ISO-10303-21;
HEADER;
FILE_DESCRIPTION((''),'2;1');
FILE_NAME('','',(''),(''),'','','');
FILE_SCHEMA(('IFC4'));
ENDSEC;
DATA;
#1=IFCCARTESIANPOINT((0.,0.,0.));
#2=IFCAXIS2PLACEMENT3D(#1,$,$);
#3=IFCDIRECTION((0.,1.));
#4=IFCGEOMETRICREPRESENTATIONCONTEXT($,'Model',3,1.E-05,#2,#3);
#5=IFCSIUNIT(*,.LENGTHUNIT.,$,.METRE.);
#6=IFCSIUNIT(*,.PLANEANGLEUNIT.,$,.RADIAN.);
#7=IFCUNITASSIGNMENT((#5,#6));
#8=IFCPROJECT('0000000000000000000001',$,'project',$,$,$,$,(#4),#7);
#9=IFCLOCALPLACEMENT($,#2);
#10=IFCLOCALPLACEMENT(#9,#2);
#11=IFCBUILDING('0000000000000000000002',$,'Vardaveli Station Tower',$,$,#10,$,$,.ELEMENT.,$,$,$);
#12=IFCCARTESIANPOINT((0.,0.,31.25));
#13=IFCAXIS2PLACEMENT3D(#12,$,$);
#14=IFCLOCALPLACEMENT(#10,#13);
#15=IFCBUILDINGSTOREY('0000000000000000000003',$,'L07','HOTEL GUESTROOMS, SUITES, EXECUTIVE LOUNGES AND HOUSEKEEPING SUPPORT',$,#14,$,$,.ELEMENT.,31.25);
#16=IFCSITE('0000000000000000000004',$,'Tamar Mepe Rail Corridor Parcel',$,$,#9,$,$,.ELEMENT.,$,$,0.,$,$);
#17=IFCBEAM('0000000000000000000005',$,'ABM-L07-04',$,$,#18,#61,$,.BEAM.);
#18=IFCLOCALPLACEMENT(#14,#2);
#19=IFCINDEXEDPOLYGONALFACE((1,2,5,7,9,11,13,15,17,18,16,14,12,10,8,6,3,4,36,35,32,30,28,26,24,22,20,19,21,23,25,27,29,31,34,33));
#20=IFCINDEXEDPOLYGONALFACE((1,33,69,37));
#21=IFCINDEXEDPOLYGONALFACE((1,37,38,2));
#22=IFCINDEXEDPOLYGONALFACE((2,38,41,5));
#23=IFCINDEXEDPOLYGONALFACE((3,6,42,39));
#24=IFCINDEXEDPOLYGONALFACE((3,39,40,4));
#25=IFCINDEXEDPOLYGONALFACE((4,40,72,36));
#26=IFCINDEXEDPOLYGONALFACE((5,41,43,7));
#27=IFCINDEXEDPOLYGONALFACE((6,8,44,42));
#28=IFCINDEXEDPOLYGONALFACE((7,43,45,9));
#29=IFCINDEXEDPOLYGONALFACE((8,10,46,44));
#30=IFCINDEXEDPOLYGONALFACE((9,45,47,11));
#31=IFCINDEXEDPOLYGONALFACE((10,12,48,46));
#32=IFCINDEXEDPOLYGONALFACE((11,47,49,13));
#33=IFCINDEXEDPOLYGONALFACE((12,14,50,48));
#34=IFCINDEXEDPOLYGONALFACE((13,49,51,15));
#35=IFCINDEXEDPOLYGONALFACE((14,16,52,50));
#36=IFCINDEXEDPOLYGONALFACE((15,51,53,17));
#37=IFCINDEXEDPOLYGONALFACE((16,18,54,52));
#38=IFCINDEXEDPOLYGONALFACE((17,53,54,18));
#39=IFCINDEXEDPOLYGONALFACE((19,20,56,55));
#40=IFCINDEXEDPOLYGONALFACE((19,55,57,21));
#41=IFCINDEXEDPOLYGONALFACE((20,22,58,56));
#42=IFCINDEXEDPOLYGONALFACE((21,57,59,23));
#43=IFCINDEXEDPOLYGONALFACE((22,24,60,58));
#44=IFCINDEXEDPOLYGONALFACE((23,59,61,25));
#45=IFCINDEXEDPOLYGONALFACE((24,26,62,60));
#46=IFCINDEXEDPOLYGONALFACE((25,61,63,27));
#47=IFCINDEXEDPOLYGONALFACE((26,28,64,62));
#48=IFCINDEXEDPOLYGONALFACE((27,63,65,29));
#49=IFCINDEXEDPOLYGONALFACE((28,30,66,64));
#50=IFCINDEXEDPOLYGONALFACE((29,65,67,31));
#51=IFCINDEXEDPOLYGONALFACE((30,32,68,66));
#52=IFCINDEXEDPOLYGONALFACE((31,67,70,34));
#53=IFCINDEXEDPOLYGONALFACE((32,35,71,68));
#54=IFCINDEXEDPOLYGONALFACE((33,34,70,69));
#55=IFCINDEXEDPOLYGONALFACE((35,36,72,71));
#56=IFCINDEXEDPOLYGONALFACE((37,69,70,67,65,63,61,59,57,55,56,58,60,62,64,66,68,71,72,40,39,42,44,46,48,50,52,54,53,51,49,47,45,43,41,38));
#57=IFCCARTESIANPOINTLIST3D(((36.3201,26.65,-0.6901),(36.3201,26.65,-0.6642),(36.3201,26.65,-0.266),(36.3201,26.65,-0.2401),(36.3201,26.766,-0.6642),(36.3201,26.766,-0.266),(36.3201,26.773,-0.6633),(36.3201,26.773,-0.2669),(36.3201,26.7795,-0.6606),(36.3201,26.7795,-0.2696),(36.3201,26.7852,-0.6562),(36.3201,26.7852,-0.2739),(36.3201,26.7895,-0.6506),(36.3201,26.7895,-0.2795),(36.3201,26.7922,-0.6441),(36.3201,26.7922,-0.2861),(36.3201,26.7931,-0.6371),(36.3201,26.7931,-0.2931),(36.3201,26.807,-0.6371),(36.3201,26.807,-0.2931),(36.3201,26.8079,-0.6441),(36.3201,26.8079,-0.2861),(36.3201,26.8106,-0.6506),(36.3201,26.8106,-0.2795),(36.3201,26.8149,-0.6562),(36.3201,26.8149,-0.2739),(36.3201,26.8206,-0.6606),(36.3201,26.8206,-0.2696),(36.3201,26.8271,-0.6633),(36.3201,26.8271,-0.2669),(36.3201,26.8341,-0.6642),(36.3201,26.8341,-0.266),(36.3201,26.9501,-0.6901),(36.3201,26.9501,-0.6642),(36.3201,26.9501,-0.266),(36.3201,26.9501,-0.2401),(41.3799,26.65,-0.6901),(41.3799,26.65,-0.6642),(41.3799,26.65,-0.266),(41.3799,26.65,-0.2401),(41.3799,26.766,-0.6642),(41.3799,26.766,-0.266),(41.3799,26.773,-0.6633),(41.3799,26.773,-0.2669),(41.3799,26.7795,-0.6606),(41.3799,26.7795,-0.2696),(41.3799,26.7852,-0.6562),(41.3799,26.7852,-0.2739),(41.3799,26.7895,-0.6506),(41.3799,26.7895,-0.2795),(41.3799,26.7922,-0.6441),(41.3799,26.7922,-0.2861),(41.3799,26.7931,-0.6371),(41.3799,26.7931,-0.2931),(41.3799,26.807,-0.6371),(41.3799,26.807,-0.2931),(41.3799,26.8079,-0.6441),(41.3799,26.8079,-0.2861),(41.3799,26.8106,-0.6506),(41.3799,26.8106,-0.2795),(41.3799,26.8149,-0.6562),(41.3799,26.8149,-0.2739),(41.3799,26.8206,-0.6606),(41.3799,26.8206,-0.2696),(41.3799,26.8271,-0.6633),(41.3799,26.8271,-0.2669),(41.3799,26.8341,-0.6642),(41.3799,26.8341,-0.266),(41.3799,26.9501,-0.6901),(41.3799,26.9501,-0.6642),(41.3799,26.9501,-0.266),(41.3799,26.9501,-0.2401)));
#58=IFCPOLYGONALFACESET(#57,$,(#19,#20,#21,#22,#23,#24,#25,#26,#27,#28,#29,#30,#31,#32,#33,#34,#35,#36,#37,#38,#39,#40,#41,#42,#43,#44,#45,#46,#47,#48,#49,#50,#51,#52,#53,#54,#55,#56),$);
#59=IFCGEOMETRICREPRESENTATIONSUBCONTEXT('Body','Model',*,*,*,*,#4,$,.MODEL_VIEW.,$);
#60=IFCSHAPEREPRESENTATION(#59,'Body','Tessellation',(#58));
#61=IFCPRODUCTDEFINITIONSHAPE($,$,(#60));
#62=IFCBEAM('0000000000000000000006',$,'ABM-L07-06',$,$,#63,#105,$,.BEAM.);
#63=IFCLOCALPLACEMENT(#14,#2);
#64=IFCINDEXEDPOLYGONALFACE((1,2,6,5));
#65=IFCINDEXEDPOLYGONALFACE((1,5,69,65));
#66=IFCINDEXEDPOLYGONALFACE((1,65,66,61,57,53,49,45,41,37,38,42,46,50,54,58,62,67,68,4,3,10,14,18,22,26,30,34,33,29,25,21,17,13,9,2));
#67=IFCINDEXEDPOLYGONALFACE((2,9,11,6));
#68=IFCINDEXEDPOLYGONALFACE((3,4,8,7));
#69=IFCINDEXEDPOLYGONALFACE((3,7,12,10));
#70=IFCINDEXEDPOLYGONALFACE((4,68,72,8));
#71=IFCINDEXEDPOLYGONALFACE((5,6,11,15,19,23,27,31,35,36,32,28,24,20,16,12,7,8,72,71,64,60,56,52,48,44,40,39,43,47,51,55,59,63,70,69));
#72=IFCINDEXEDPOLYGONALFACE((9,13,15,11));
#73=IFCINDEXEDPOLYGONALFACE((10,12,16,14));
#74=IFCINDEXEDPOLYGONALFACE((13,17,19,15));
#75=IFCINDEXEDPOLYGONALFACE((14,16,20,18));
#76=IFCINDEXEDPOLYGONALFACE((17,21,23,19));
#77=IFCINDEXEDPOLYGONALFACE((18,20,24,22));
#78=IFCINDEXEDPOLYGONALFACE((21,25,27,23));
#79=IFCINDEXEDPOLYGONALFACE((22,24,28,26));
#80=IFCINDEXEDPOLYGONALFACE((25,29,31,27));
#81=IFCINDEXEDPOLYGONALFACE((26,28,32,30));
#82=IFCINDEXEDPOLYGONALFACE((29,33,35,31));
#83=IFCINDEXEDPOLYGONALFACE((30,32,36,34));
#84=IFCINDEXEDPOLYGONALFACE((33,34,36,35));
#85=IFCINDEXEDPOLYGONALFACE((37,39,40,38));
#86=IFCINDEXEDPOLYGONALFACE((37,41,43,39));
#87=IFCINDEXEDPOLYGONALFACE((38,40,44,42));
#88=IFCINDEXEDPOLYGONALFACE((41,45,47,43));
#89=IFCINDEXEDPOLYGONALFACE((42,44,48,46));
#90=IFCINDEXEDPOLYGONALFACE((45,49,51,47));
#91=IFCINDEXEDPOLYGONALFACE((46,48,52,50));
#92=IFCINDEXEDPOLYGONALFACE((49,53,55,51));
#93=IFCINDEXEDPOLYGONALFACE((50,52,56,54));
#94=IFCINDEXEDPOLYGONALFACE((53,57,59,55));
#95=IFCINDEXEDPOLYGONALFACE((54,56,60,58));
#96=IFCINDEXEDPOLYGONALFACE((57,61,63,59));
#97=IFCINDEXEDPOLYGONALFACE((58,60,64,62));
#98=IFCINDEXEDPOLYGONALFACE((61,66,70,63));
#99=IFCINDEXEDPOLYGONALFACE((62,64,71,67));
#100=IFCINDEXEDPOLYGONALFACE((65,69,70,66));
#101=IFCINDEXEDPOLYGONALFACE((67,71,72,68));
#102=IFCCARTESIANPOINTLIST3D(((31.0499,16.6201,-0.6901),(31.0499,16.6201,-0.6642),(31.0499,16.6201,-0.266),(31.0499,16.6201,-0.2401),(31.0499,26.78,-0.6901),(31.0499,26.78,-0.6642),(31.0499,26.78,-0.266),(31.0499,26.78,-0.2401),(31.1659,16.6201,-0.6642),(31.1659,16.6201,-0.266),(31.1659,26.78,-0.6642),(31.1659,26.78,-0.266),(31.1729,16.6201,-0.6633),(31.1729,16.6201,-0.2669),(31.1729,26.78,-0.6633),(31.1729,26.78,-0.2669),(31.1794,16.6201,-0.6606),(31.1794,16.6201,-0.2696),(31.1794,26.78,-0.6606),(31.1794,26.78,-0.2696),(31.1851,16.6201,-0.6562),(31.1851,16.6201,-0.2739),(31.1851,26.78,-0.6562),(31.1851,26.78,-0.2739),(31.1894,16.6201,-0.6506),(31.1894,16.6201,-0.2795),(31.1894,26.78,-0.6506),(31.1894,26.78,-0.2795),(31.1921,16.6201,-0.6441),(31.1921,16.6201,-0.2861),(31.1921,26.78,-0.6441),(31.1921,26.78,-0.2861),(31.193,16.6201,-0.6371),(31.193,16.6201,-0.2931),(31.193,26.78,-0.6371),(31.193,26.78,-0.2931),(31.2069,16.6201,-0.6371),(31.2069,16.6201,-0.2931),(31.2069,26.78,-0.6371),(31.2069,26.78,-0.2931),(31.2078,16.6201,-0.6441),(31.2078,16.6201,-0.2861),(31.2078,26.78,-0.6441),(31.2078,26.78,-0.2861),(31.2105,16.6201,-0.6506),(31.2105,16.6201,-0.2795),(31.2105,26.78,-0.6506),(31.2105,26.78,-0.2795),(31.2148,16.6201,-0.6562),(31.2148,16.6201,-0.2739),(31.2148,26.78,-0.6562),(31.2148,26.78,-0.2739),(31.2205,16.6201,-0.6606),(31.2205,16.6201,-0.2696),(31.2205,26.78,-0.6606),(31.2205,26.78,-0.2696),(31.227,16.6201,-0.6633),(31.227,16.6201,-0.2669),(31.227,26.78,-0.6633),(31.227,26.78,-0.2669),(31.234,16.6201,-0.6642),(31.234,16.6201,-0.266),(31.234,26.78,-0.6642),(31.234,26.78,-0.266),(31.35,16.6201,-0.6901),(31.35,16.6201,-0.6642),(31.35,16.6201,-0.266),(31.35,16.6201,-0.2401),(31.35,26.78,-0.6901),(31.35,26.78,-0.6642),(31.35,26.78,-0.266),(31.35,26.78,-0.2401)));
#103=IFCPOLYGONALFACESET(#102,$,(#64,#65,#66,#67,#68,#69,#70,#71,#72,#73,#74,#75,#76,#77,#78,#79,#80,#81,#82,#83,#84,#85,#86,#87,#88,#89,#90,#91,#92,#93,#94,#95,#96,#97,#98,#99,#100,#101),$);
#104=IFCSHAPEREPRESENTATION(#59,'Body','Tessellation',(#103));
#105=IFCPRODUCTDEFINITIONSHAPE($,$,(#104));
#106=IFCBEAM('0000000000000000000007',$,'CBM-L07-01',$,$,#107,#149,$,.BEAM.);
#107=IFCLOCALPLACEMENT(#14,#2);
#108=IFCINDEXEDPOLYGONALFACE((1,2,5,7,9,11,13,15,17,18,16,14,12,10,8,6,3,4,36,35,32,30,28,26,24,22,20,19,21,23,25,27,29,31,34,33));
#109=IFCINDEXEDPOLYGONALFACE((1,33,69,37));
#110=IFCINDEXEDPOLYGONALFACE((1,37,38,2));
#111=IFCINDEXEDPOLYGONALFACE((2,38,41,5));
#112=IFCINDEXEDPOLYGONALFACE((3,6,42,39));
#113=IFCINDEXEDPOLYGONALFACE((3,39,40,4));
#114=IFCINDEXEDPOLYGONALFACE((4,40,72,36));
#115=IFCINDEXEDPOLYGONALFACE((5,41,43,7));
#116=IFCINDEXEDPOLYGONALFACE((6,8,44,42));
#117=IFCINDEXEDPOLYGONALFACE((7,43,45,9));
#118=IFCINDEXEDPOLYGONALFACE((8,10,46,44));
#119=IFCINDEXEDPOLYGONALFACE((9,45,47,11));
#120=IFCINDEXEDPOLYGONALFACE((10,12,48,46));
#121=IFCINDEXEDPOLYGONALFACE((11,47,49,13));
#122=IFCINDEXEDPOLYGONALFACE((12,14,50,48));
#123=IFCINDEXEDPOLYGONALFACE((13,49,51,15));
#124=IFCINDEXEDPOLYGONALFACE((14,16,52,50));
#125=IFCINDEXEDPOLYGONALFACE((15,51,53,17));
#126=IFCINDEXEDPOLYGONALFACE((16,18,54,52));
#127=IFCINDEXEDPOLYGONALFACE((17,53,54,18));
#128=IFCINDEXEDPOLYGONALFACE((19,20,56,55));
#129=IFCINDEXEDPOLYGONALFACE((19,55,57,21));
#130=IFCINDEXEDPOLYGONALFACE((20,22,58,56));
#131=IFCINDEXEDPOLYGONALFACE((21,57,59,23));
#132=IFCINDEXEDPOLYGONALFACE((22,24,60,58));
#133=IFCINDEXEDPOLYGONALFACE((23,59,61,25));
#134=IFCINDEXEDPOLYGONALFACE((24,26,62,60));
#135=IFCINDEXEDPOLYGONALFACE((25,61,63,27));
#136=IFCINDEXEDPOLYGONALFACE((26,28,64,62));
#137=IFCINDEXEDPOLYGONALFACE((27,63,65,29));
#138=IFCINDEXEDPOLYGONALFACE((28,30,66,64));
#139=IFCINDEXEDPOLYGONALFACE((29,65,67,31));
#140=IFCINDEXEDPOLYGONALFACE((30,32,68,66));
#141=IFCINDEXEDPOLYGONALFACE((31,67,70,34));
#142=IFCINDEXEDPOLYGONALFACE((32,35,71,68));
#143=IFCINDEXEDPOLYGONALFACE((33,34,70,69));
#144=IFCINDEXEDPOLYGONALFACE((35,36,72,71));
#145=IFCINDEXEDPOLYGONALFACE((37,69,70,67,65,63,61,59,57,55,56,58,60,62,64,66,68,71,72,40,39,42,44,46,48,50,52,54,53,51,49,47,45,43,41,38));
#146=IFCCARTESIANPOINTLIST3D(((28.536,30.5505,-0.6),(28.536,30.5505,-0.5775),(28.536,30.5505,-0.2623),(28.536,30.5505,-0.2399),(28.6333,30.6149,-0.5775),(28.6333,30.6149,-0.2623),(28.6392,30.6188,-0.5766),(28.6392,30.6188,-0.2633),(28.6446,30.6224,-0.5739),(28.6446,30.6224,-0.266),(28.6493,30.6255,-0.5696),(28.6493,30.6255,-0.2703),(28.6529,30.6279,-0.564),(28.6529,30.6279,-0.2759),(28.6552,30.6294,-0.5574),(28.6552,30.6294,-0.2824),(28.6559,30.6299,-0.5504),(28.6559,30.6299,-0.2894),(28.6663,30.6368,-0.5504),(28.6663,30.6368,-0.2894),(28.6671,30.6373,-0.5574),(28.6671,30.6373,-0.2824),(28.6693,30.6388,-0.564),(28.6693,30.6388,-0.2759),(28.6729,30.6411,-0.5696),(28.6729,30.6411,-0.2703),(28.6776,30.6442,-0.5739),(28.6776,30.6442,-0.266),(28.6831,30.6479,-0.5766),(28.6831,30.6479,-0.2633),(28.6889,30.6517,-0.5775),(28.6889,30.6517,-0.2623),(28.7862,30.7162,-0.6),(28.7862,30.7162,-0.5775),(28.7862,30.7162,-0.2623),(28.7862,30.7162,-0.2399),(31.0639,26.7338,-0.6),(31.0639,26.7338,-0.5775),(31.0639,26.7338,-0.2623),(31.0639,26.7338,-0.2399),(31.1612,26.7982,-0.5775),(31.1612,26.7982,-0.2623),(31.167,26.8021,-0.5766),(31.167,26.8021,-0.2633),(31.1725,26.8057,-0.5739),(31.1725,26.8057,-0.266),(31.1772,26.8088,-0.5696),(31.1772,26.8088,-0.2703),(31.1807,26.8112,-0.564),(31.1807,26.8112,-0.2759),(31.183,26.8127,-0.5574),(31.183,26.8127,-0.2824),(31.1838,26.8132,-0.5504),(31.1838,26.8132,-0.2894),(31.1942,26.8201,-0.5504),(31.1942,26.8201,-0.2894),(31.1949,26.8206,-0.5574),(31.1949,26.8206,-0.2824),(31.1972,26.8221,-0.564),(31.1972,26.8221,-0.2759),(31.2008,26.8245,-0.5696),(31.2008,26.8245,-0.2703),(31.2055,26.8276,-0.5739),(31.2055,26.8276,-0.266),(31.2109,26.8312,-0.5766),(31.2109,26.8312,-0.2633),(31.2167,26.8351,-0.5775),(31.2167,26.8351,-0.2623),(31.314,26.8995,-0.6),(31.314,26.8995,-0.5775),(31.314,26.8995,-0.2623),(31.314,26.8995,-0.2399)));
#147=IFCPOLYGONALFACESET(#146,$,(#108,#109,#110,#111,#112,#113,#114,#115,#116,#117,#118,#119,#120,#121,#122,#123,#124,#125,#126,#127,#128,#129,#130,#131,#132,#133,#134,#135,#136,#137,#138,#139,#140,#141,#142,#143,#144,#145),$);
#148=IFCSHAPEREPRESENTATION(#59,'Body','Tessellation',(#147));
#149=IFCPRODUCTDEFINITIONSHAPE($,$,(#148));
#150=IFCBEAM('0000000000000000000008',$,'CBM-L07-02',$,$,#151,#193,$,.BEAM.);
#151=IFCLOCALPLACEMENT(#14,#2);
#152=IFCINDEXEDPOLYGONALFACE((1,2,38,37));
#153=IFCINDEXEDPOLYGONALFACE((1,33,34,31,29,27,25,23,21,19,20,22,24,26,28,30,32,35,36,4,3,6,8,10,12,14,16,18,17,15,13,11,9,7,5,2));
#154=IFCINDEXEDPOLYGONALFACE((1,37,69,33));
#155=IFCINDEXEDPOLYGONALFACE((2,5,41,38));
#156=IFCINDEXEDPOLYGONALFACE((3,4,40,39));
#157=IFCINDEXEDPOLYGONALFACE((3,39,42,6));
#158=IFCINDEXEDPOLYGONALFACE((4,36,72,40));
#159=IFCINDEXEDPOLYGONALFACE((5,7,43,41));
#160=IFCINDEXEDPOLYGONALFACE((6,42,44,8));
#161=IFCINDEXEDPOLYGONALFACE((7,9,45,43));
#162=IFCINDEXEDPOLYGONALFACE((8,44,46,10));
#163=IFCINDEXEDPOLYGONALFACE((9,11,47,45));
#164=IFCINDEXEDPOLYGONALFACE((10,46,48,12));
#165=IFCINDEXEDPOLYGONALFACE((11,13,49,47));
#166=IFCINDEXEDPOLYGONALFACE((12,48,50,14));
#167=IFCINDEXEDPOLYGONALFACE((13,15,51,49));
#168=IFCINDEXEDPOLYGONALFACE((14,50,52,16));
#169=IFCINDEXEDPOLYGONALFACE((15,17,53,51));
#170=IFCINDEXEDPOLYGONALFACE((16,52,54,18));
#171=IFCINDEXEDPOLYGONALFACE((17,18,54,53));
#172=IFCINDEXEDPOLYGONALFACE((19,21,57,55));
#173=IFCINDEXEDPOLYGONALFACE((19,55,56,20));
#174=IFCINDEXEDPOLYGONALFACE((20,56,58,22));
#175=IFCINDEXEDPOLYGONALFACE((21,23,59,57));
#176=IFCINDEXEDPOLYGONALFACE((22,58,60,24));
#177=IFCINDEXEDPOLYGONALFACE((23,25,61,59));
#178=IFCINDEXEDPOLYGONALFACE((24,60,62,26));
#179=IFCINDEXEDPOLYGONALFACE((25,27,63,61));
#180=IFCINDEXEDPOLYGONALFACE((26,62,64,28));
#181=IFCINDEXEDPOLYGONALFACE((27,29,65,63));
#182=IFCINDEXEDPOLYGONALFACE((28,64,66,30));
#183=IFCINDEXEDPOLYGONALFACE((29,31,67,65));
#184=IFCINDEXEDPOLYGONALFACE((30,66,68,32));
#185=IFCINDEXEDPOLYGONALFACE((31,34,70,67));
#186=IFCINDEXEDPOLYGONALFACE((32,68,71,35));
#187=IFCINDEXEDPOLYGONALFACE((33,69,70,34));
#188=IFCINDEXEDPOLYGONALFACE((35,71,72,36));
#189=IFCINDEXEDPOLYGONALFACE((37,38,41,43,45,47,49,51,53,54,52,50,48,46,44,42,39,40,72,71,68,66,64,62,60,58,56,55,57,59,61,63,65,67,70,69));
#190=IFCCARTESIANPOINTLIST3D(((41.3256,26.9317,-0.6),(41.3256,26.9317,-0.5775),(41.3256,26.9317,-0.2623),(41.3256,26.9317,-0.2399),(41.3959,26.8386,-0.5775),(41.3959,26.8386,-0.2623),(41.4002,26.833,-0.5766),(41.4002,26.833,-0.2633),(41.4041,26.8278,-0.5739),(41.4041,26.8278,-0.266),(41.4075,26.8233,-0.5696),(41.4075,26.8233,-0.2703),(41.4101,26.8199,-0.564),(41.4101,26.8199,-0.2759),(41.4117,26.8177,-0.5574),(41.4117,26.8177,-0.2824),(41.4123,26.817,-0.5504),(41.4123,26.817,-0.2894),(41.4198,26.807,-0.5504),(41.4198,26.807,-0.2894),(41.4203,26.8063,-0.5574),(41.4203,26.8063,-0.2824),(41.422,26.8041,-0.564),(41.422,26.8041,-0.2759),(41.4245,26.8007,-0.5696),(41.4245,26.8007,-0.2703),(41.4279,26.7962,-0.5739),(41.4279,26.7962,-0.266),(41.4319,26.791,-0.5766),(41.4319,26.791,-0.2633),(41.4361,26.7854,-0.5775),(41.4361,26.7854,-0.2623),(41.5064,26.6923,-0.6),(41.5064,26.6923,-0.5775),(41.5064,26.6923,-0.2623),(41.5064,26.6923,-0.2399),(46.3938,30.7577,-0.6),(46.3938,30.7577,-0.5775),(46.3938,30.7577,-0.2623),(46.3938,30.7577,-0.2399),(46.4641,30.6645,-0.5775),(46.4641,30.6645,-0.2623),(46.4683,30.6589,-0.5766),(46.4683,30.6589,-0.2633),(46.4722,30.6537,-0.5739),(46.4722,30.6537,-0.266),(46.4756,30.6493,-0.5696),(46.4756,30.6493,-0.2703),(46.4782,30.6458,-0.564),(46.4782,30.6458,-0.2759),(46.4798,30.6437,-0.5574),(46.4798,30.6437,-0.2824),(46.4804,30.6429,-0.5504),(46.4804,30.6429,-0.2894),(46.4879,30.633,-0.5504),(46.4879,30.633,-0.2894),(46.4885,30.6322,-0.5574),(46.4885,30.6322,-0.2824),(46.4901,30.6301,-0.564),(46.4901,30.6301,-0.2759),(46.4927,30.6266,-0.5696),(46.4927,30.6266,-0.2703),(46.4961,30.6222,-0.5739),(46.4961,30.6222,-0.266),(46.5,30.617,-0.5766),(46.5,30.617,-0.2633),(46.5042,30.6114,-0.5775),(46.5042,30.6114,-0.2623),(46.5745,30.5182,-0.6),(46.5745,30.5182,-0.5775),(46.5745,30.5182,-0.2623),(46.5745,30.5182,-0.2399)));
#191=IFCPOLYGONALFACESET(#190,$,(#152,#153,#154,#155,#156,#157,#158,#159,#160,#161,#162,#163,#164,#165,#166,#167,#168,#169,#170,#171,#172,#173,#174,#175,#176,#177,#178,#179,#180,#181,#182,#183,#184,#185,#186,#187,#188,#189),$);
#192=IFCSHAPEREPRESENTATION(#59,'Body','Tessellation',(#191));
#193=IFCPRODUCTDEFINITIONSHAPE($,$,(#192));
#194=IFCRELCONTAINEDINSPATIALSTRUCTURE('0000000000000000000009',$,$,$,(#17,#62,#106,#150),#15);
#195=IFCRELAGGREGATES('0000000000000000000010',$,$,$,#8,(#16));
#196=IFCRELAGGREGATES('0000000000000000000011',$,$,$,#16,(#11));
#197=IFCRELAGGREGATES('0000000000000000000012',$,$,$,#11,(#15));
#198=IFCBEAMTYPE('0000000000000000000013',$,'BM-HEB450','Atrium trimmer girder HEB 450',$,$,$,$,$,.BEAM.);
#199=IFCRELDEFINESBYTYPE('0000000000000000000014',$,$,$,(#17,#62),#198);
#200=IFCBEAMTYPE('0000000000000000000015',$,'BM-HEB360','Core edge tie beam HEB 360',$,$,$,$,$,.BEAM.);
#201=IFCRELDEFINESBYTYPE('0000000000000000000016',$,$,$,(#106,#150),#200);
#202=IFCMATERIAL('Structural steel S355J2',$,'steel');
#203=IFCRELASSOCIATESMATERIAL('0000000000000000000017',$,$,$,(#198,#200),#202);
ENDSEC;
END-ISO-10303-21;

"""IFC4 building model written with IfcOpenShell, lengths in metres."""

from ifc_helpers import new_model, si_unit, direction, frame, origin, origin_2d, place, context, subcontext, project, spatial, i_section, extrude, source, transform, mapped, material, material_profile, profile_set, type_object, element, save


model = new_model("IFC4")

# Units and contexts
model_context = context("Model", 3, precision=1e-05, world=origin(), true_north=direction((0.0, 1.0)))
body_context = subcontext(model_context, "Body", "Model", "MODEL_VIEW")
ifc_project = project(units=[si_unit("LENGTHUNIT", "METRE"), si_unit("PLANEANGLEUNIT", "RADIAN")], contexts=[model_context])

# Site, building, storey
site_placement = place(None, origin())
site = spatial("IfcSite", under=ifc_project, at=site_placement, Name="Tamar Mepe Rail Corridor Parcel", CompositionType="ELEMENT", RefElevation=0.0)
building_placement = place(site_placement, origin())
building = spatial("IfcBuilding", under=site, at=building_placement, Name="Vardaveli Station Tower", CompositionType="ELEMENT")
storey_placement = place(building_placement, frame((0.0, 0.0, 31.25)))
storey = spatial("IfcBuildingStorey", under=building, at=storey_placement, Name="L07", Description="HOTEL GUESTROOMS, SUITES, EXECUTIVE LOUNGES AND HOUSEKEEPING SUPPORT", CompositionType="ELEMENT", Elevation=31.25)

# Beams
ifc_material_1 = material(Name="Structural steel S355J2", Category="steel")
ifc_material_profile_1 = material_profile(ifc_material_1, i_section(OverallWidth=0.3, OverallDepth=0.45, WebThickness=0.0139, FlangeThickness=0.0259, FilletRadius=0.0271, at=origin_2d()), Name="HEB 450")
ifc_profile_set_1 = profile_set([ifc_material_profile_1], Name="Structural steel S355J2")
beam_type_1 = type_object("IfcBeamType", Name="BM-HEB450", Description="Atrium trimmer girder HEB 450", PredefinedType="BEAM", material=ifc_profile_set_1)
shared_shape_1 = source(origin(), body_context, "Body", "SweptSolid", [
    extrude(i_section(OverallWidth=0.3, OverallDepth=0.45, WebThickness=0.0139, FlangeThickness=0.0259, FilletRadius=0.0271, at=origin_2d()), origin(), (0.0, 0.0, 1.0), 5.0598),
])
beam_1_placement = place(storey_placement, frame((41.3799, 26.8, -0.4651), z_axis=(-1.0, 0.0, 0.0), x_axis=(0.0, -1.0, 0.0)))
element("IfcBeam", 1, at=beam_1_placement, inside=storey, type_object=beam_type_1, Name="ABM-L07-04", PredefinedType="BEAM", context=body_context, shape_type="MappedRepresentation", body=[
    mapped(shared_shape_1, transform((0.0, 0.0, 0.0), scale=1.0)),
])
shared_shape_2 = source(origin(), body_context, "Body", "SweptSolid", [
    extrude(i_section(OverallWidth=0.3, OverallDepth=0.45, WebThickness=0.0139, FlangeThickness=0.0259, FilletRadius=0.0271, at=origin_2d()), origin(), (0.0, 0.0, 1.0), 10.1599),
])
beam_2_placement = place(storey_placement, frame((31.2, 26.78, -0.4651), z_axis=(0.0, -1.0, 0.0), x_axis=(1.0, 0.0, 0.0)))
element("IfcBeam", 2, at=beam_2_placement, inside=storey, type_object=beam_type_1, Name="ABM-L07-06", PredefinedType="BEAM", context=body_context, shape_type="MappedRepresentation", body=[
    mapped(shared_shape_2, transform((0.0, 0.0, 0.0), scale=1.0)),
])
ifc_material_profile_2 = material_profile(ifc_material_1, i_section(OverallWidth=0.3, OverallDepth=0.3601, WebThickness=0.0125, FlangeThickness=0.0225, FilletRadius=0.0271, at=origin_2d()), Name="HEB 360")
ifc_profile_set_2 = profile_set([ifc_material_profile_2], Name="Structural steel S355J2")
beam_type_2 = type_object("IfcBeamType", Name="BM-HEB360", Description="Core edge tie beam HEB 360", PredefinedType="BEAM", material=ifc_profile_set_2)
shared_shape_3 = source(origin(), body_context, "Body", "SweptSolid", [
    extrude(i_section(OverallWidth=0.3, OverallDepth=0.3601, WebThickness=0.0125, FlangeThickness=0.0225, FilletRadius=0.0271, at=origin_2d()), origin(), (0.0, 0.0, 1.0), 4.5779),
])
beam_3_placement = place(storey_placement, frame((31.189, 26.8167, -0.4199), z_axis=(-0.552187, 0.83372, 0.0), x_axis=(-0.83372, -0.552187, 0.0)))
element("IfcBeam", 3, at=beam_3_placement, inside=storey, type_object=beam_type_2, Name="CBM-L07-01", PredefinedType="BEAM", context=body_context, shape_type="MappedRepresentation", body=[
    mapped(shared_shape_3, transform((0.0, 0.0, 0.0), scale=1.0)),
])
shared_shape_4 = source(origin(), body_context, "Body", "SweptSolid", [
    extrude(i_section(OverallWidth=0.3, OverallDepth=0.3601, WebThickness=0.0125, FlangeThickness=0.0225, FilletRadius=0.0271, at=origin_2d()), origin(), (0.0, 0.0, 1.0), 6.3501),
])
beam_4_placement = place(storey_placement, frame((41.416, 26.812, -0.4199), z_axis=(0.798118, 0.602501, 0.0), x_axis=(-0.602501, 0.798118, 0.0)))
element("IfcBeam", 4, at=beam_4_placement, inside=storey, type_object=beam_type_2, Name="CBM-L07-02", PredefinedType="BEAM", context=body_context, shape_type="MappedRepresentation", body=[
    mapped(shared_shape_4, transform((0.0, 0.0, 0.0), scale=1.0)),
])

save(model, "model.ifc")
